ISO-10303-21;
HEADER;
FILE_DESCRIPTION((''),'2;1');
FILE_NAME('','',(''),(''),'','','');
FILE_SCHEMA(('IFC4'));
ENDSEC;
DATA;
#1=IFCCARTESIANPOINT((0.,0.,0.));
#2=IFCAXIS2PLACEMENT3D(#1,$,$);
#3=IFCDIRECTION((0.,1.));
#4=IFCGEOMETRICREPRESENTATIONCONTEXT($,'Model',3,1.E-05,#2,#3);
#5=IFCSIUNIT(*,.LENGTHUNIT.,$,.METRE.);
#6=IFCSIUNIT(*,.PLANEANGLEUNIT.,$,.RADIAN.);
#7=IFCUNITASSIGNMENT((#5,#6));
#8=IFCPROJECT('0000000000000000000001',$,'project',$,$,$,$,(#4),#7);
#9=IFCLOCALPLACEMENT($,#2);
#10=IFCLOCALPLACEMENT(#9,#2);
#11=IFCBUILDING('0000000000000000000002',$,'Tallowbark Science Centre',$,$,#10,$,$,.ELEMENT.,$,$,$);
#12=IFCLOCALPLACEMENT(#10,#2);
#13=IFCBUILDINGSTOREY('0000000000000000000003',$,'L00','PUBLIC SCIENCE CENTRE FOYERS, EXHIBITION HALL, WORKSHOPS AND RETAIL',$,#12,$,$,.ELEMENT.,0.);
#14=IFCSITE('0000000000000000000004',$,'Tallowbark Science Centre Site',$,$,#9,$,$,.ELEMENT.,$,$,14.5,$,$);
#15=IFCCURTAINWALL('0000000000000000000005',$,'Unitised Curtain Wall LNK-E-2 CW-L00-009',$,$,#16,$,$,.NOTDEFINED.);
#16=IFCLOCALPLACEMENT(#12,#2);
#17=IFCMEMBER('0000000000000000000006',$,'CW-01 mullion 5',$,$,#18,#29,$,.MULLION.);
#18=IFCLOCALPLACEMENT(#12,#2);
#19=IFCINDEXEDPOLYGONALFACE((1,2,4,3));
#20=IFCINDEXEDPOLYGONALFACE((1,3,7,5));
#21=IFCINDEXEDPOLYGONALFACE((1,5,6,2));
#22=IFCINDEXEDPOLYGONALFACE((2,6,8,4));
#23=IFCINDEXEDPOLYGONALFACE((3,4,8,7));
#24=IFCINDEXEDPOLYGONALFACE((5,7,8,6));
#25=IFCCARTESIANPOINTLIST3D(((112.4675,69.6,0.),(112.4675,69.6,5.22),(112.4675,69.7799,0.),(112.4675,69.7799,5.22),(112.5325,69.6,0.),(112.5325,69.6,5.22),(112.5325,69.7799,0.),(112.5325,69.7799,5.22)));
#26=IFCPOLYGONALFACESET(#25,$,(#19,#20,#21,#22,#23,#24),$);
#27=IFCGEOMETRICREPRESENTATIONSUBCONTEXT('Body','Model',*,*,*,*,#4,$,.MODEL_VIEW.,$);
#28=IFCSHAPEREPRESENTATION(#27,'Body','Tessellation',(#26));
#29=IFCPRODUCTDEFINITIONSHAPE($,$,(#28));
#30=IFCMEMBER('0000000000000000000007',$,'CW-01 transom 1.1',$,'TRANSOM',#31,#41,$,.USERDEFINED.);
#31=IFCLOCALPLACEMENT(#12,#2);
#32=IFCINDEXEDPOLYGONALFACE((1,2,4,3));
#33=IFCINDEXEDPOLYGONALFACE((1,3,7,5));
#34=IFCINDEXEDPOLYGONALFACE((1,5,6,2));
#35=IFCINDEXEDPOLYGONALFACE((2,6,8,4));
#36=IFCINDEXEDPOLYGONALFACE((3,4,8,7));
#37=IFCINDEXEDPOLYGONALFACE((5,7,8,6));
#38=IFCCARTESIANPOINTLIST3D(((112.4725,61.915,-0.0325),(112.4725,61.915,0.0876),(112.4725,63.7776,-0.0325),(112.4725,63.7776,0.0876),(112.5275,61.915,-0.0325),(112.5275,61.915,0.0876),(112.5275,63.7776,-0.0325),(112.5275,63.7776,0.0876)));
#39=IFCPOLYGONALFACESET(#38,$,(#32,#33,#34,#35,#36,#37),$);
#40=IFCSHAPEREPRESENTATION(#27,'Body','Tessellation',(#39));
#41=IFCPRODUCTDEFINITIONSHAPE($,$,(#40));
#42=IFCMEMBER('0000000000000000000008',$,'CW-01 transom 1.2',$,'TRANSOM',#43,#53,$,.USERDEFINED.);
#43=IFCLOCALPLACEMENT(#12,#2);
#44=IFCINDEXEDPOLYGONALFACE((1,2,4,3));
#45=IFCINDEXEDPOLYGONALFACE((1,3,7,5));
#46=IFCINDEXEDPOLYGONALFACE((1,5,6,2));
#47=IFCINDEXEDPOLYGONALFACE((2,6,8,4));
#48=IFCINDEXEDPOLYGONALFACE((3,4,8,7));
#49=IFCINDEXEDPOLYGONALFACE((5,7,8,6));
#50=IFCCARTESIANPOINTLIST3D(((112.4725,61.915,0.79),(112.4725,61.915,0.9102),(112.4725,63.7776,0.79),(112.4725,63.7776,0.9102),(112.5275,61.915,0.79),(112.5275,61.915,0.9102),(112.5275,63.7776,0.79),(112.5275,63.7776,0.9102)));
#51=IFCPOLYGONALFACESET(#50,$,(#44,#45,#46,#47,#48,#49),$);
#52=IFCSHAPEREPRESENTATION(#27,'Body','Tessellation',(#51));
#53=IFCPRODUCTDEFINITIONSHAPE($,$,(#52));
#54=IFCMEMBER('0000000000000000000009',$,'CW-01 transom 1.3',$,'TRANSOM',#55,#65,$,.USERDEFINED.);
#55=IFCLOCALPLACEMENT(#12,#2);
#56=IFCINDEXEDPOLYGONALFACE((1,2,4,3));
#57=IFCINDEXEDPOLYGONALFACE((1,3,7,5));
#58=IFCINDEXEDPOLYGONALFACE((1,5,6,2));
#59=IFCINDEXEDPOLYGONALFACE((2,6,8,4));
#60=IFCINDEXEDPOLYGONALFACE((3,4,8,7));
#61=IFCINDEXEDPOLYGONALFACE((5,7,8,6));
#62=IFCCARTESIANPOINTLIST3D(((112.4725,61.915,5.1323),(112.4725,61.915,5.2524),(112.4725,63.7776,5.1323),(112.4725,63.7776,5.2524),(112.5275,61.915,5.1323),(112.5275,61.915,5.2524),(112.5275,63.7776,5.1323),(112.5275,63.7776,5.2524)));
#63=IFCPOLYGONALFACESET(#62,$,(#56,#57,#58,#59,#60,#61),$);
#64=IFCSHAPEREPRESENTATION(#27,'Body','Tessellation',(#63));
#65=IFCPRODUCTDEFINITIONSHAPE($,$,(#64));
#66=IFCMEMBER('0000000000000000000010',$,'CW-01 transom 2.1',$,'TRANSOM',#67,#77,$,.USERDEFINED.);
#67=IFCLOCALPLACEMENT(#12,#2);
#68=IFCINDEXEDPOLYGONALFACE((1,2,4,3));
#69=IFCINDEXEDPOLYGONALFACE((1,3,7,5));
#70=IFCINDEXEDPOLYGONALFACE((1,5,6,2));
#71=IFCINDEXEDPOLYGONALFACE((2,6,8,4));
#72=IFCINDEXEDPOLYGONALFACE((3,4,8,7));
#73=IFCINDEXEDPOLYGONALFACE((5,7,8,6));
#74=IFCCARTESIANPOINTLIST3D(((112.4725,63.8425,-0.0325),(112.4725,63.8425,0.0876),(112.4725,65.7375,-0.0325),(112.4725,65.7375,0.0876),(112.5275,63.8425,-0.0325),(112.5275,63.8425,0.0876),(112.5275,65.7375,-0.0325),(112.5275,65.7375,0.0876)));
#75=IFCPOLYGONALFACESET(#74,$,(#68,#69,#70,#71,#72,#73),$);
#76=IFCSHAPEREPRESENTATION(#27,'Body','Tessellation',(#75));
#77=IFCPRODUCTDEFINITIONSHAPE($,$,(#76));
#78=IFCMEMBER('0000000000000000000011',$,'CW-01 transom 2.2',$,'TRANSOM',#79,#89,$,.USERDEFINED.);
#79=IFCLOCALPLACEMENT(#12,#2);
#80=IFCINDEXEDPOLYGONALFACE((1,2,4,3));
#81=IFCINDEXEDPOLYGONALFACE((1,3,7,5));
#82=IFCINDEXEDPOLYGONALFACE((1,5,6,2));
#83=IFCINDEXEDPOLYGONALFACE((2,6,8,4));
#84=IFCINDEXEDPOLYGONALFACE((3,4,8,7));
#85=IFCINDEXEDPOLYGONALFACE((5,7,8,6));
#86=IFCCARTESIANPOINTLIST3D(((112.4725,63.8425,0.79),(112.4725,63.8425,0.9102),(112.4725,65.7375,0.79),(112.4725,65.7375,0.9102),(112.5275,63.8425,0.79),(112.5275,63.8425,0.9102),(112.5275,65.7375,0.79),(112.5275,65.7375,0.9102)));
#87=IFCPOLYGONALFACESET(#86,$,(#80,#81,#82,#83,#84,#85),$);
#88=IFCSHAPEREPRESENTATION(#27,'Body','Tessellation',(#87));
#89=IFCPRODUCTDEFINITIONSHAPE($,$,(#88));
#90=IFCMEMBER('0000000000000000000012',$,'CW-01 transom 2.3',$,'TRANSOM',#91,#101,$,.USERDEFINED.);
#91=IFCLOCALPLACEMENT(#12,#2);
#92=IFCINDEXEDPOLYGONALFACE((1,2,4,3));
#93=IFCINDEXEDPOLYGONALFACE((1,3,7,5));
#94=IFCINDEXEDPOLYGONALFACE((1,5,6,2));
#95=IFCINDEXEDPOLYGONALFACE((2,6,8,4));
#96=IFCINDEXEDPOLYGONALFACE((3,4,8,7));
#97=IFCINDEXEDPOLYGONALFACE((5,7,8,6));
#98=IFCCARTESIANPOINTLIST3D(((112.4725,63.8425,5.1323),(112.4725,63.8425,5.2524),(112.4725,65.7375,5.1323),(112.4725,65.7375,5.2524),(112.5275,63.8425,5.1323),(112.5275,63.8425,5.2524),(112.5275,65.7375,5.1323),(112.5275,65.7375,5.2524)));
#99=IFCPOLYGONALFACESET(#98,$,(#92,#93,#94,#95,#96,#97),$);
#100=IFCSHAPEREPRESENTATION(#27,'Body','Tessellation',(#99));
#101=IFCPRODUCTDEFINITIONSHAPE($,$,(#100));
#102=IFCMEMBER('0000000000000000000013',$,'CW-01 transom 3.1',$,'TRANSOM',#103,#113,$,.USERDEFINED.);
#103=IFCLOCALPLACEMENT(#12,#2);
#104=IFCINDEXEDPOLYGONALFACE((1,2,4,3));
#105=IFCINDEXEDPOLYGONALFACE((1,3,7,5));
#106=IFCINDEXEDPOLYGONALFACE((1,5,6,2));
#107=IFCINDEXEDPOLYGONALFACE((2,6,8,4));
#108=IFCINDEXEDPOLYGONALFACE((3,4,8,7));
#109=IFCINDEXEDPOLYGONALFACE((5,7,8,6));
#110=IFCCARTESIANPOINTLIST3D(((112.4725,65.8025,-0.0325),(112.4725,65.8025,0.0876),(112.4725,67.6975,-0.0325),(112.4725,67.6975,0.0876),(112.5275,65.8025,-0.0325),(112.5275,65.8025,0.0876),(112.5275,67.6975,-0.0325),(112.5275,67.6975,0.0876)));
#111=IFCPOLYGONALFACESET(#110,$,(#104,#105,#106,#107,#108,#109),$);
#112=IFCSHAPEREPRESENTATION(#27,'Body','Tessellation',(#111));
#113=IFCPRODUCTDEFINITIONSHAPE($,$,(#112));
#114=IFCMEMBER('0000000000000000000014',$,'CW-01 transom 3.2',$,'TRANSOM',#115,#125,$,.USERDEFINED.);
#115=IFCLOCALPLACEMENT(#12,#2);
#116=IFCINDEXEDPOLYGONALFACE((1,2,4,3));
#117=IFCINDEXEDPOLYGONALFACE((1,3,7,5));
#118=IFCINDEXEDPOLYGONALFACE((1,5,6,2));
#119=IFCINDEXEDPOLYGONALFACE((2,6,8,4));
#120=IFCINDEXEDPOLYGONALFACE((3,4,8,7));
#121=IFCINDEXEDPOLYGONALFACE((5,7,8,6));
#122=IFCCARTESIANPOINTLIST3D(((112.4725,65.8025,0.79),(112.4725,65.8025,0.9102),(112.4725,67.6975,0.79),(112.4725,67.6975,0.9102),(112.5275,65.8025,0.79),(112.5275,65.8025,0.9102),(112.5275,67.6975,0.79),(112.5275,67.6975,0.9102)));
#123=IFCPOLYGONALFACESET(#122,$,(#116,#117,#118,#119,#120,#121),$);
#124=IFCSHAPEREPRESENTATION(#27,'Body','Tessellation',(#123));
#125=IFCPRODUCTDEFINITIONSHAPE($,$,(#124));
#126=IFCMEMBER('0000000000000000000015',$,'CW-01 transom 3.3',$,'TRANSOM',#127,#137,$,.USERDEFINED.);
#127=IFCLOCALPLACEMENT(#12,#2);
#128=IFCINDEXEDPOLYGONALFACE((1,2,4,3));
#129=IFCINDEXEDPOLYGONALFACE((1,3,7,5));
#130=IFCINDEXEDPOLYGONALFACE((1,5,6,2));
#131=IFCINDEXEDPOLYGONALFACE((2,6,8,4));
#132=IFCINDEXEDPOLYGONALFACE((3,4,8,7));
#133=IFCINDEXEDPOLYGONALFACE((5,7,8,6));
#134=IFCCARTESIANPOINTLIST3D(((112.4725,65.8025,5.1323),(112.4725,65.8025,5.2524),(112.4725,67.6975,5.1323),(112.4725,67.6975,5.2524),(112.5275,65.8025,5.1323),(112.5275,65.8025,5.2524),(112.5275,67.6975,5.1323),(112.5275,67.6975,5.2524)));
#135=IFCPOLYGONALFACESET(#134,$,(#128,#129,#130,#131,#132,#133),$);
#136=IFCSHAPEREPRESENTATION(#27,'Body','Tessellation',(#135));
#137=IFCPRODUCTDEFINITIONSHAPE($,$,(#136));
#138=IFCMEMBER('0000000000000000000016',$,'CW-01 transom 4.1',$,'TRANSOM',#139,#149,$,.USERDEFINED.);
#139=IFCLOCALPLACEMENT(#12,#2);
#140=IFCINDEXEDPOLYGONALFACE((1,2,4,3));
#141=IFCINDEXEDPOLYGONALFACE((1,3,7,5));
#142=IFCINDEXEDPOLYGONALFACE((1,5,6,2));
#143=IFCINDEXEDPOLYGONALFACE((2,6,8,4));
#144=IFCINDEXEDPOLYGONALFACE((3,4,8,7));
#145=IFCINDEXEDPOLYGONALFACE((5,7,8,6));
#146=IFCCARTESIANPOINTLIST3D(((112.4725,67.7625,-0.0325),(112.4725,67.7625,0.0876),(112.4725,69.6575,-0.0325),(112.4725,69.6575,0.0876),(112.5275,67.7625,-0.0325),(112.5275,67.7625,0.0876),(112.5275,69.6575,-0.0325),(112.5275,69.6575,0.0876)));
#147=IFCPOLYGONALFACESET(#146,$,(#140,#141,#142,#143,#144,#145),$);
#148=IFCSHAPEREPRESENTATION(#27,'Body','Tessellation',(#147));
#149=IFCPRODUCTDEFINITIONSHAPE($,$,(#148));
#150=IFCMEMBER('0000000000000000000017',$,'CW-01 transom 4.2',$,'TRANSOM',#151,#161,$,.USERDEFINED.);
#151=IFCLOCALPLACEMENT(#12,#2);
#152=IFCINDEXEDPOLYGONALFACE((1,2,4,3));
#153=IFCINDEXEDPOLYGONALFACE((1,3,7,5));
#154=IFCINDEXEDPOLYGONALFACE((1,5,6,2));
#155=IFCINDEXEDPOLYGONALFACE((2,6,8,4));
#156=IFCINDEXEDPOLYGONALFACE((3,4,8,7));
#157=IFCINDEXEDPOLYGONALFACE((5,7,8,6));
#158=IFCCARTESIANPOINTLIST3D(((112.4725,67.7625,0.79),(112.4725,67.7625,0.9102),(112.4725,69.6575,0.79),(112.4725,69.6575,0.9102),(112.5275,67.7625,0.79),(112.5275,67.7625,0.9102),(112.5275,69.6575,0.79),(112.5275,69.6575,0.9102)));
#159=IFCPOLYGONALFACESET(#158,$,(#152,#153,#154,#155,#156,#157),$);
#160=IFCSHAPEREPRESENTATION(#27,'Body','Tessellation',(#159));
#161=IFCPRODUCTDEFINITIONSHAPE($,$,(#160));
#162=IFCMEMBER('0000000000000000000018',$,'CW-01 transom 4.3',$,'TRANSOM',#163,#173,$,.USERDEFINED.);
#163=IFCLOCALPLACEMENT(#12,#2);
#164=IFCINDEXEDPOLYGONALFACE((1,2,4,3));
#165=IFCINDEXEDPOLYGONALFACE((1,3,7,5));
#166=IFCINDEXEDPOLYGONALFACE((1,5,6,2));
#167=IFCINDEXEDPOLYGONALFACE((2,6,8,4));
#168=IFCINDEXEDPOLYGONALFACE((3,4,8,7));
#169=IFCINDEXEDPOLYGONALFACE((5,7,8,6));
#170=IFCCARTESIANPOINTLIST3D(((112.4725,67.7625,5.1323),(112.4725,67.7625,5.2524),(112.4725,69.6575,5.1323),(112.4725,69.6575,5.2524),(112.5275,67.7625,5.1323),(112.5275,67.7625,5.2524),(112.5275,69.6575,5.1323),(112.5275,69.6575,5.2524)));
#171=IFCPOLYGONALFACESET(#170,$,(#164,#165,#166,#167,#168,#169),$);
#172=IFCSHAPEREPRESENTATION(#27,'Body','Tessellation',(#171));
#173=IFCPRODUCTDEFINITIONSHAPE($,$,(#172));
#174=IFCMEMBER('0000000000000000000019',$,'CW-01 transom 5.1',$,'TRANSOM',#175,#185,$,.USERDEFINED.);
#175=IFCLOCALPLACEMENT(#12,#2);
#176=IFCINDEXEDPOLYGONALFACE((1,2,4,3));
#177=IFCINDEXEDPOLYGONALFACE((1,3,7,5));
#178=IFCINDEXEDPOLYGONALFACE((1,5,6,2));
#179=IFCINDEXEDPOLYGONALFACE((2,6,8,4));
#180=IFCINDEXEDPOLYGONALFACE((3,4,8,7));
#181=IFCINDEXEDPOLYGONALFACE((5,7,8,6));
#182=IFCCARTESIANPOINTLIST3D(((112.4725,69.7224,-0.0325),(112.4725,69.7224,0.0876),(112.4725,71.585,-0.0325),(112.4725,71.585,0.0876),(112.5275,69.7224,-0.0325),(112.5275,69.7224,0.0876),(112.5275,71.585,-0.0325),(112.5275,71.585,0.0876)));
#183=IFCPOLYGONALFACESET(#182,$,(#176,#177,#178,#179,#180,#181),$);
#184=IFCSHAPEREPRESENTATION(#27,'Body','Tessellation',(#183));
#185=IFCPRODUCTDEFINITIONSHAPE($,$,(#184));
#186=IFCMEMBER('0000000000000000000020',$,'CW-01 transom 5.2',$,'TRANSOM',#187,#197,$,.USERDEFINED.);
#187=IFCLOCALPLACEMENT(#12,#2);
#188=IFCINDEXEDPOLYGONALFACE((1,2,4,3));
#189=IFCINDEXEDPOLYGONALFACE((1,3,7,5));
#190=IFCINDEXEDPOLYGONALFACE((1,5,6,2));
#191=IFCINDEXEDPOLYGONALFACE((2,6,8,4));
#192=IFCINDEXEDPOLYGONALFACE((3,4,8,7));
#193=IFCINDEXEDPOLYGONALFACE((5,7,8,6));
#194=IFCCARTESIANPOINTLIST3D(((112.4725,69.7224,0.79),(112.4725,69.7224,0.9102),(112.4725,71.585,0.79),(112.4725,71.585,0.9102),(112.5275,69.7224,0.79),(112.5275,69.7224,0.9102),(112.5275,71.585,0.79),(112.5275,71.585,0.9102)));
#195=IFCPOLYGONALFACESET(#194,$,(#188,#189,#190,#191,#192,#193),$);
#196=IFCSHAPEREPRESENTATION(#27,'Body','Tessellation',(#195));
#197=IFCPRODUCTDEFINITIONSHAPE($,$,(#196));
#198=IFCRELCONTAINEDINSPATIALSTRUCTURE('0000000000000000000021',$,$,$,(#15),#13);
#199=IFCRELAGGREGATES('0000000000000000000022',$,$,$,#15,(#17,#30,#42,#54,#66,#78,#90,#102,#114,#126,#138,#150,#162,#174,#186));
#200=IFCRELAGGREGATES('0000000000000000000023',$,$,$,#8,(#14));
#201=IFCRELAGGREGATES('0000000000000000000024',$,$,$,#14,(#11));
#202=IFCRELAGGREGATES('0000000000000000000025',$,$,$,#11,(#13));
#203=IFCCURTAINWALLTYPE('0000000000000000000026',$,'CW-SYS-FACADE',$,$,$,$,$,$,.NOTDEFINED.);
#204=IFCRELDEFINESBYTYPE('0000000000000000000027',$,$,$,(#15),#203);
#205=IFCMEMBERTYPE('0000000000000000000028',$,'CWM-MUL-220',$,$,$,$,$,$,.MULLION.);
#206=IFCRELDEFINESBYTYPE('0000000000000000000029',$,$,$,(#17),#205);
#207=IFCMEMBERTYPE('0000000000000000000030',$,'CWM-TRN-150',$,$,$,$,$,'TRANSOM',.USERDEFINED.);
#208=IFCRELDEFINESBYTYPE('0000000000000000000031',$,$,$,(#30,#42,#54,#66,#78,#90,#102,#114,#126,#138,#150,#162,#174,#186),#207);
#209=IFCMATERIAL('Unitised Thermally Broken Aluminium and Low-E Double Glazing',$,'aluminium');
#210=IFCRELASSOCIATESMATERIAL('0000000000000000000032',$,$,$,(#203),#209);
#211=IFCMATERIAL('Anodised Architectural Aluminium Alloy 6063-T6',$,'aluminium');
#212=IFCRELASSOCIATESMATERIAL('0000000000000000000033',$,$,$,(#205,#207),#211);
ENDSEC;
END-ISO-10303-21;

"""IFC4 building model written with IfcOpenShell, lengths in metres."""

from ifc_helpers import new_model, si_unit, direction, frame, origin, origin_2d, place, context, subcontext, project, spatial, rectangle, extrude, material, material_profile, profile_set, type_object, element, aggregate, save


model = new_model("IFC4")

# Units and contexts
model_context = context("Model", 3, precision=1e-05, world=origin(), true_north=direction((0.0, 1.0)))
body_context = subcontext(model_context, "Body", "Model", "MODEL_VIEW")
ifc_project = project(units=[si_unit("LENGTHUNIT", "METRE"), si_unit("PLANEANGLEUNIT", "RADIAN")], contexts=[model_context])

# Site, building, storey
site_placement = place(None, origin())
site = spatial("IfcSite", under=ifc_project, at=site_placement, Name="Tallowbark Science Centre Site", CompositionType="ELEMENT", RefElevation=14.5)
building_placement = place(site_placement, origin())
building = spatial("IfcBuilding", under=site, at=building_placement, Name="Tallowbark Science Centre", CompositionType="ELEMENT")
storey_placement = place(building_placement, origin())
storey = spatial("IfcBuildingStorey", under=building, at=storey_placement, Name="L00", Description="PUBLIC SCIENCE CENTRE FOYERS, EXHIBITION HALL, WORKSHOPS AND RETAIL", CompositionType="ELEMENT", Elevation=0.0)

# Curtain wall, members
ifc_material_1 = material(Name="Unitised Thermally Broken Aluminium and Low-E Double Glazing", Category="aluminium")
curtain_wall_type = type_object("IfcCurtainWallType", Name="CW-SYS-FACADE", PredefinedType="NOTDEFINED", material=ifc_material_1)
curtain_wall_placement = place(storey_placement, origin())
curtain_wall = element("IfcCurtainWall", 1, at=curtain_wall_placement, inside=storey, type_object=curtain_wall_type, Name="Unitised Curtain Wall LNK-E-2 CW-L00-009", PredefinedType="NOTDEFINED")
ifc_material_2 = material(Name="Anodised Architectural Aluminium Alloy 6063-T6", Category="aluminium")
ifc_material_profile_1 = material_profile(ifc_material_2, rectangle(XDim=0.0649, YDim=0.1799, at=origin_2d()), Name="ALU65x180")
ifc_profile_set_1 = profile_set([ifc_material_profile_1], Name="Anodised Architectural Aluminium Alloy 6063-T6")
member_type_1 = type_object("IfcMemberType", Name="CWM-MUL-220", PredefinedType="MULLION", material=ifc_profile_set_1)
member_1_placement = place(storey_placement, frame((112.5, 69.6899, 0.0), z_axis=(0.0, 0.0, 1.0), x_axis=(-1.0, 0.0, 0.0)))
member_1 = element("IfcMember", 2, at=member_1_placement, type_object=member_type_1, Name="CW-01 mullion 5", PredefinedType="MULLION", context=body_context, shape_type="SweptSolid", body=[
    extrude(rectangle(XDim=0.0649, YDim=0.1799, at=origin_2d()), origin(), (0.0, 0.0, 1.0), 5.22),
])
ifc_material_profile_2 = material_profile(ifc_material_2, rectangle(XDim=0.0549, YDim=0.1201, at=origin_2d()), Name="ALU55x120")
ifc_profile_set_2 = profile_set([ifc_material_profile_2], Name="Anodised Architectural Aluminium Alloy 6063-T6")
member_type_2 = type_object("IfcMemberType", Name="CWM-TRN-150", ElementType="TRANSOM", PredefinedType="USERDEFINED", material=ifc_profile_set_2)
member_2_placement = place(storey_placement, frame((112.5, 61.915, 0.0276), z_axis=(0.0, 1.0, 0.0), x_axis=(-1.0, 0.0, 0.0)))
member_2 = element("IfcMember", 3, at=member_2_placement, type_object=member_type_2, Name="CW-01 transom 1.1", ObjectType="TRANSOM", PredefinedType="USERDEFINED", context=body_context, shape_type="SweptSolid", body=[
    extrude(rectangle(XDim=0.0549, YDim=0.1201, at=origin_2d()), origin(), (0.0, 0.0, 1.0), 1.8625),
])
member_3_placement = place(storey_placement, frame((112.5, 61.915, 0.8501), z_axis=(0.0, 1.0, 0.0), x_axis=(-1.0, 0.0, 0.0)))
member_3 = element("IfcMember", 4, at=member_3_placement, type_object=member_type_2, Name="CW-01 transom 1.2", ObjectType="TRANSOM", PredefinedType="USERDEFINED", context=body_context, shape_type="SweptSolid", body=[
    extrude(rectangle(XDim=0.0549, YDim=0.1201, at=origin_2d()), origin(), (0.0, 0.0, 1.0), 1.8625),
])
member_4_placement = place(storey_placement, frame((112.5, 61.915, 5.1924), z_axis=(0.0, 1.0, 0.0), x_axis=(-1.0, 0.0, 0.0)))
member_4 = element("IfcMember", 5, at=member_4_placement, type_object=member_type_2, Name="CW-01 transom 1.3", ObjectType="TRANSOM", PredefinedType="USERDEFINED", context=body_context, shape_type="SweptSolid", body=[
    extrude(rectangle(XDim=0.0549, YDim=0.1201, at=origin_2d()), origin(), (0.0, 0.0, 1.0), 1.8625),
])
member_5_placement = place(storey_placement, frame((112.5, 63.8425, 0.0276), z_axis=(0.0, 1.0, 0.0), x_axis=(-1.0, 0.0, 0.0)))
member_5 = element("IfcMember", 6, at=member_5_placement, type_object=member_type_2, Name="CW-01 transom 2.1", ObjectType="TRANSOM", PredefinedType="USERDEFINED", context=body_context, shape_type="SweptSolid", body=[
    extrude(rectangle(XDim=0.0549, YDim=0.1201, at=origin_2d()), origin(), (0.0, 0.0, 1.0), 1.895),
])
member_6_placement = place(storey_placement, frame((112.5, 63.8425, 0.8501), z_axis=(0.0, 1.0, 0.0), x_axis=(-1.0, 0.0, 0.0)))
member_6 = element("IfcMember", 7, at=member_6_placement, type_object=member_type_2, Name="CW-01 transom 2.2", ObjectType="TRANSOM", PredefinedType="USERDEFINED", context=body_context, shape_type="SweptSolid", body=[
    extrude(rectangle(XDim=0.0549, YDim=0.1201, at=origin_2d()), origin(), (0.0, 0.0, 1.0), 1.895),
])
member_7_placement = place(storey_placement, frame((112.5, 63.8425, 5.1924), z_axis=(0.0, 1.0, 0.0), x_axis=(-1.0, 0.0, 0.0)))
member_7 = element("IfcMember", 8, at=member_7_placement, type_object=member_type_2, Name="CW-01 transom 2.3", ObjectType="TRANSOM", PredefinedType="USERDEFINED", context=body_context, shape_type="SweptSolid", body=[
    extrude(rectangle(XDim=0.0549, YDim=0.1201, at=origin_2d()), origin(), (0.0, 0.0, 1.0), 1.895),
])
member_8_placement = place(storey_placement, frame((112.5, 65.8025, 0.0276), z_axis=(0.0, 1.0, 0.0), x_axis=(-1.0, 0.0, 0.0)))
member_8 = element("IfcMember", 9, at=member_8_placement, type_object=member_type_2, Name="CW-01 transom 3.1", ObjectType="TRANSOM", PredefinedType="USERDEFINED", context=body_context, shape_type="SweptSolid", body=[
    extrude(rectangle(XDim=0.0549, YDim=0.1201, at=origin_2d()), origin(), (0.0, 0.0, 1.0), 1.895),
])
member_9_placement = place(storey_placement, frame((112.5, 65.8025, 0.8501), z_axis=(0.0, 1.0, 0.0), x_axis=(-1.0, 0.0, 0.0)))
member_9 = element("IfcMember", 10, at=member_9_placement, type_object=member_type_2, Name="CW-01 transom 3.2", ObjectType="TRANSOM", PredefinedType="USERDEFINED", context=body_context, shape_type="SweptSolid", body=[
    extrude(rectangle(XDim=0.0549, YDim=0.1201, at=origin_2d()), origin(), (0.0, 0.0, 1.0), 1.895),
])
member_10_placement = place(storey_placement, frame((112.5, 65.8025, 5.1924), z_axis=(0.0, 1.0, 0.0), x_axis=(-1.0, 0.0, 0.0)))
member_10 = element("IfcMember", 11, at=member_10_placement, type_object=member_type_2, Name="CW-01 transom 3.3", ObjectType="TRANSOM", PredefinedType="USERDEFINED", context=body_context, shape_type="SweptSolid", body=[
    extrude(rectangle(XDim=0.0549, YDim=0.1201, at=origin_2d()), origin(), (0.0, 0.0, 1.0), 1.895),
])
member_11_placement = place(storey_placement, frame((112.5, 67.7625, 0.0276), z_axis=(0.0, 1.0, 0.0), x_axis=(-1.0, 0.0, 0.0)))
member_11 = element("IfcMember", 12, at=member_11_placement, type_object=member_type_2, Name="CW-01 transom 4.1", ObjectType="TRANSOM", PredefinedType="USERDEFINED", context=body_context, shape_type="SweptSolid", body=[
    extrude(rectangle(XDim=0.0549, YDim=0.1201, at=origin_2d()), origin(), (0.0, 0.0, 1.0), 1.895),
])
member_12_placement = place(storey_placement, frame((112.5, 67.7625, 0.8501), z_axis=(0.0, 1.0, 0.0), x_axis=(-1.0, 0.0, 0.0)))
member_12 = element("IfcMember", 13, at=member_12_placement, type_object=member_type_2, Name="CW-01 transom 4.2", ObjectType="TRANSOM", PredefinedType="USERDEFINED", context=body_context, shape_type="SweptSolid", body=[
    extrude(rectangle(XDim=0.0549, YDim=0.1201, at=origin_2d()), origin(), (0.0, 0.0, 1.0), 1.895),
])
member_13_placement = place(storey_placement, frame((112.5, 67.7625, 5.1924), z_axis=(0.0, 1.0, 0.0), x_axis=(-1.0, 0.0, 0.0)))
member_13 = element("IfcMember", 14, at=member_13_placement, type_object=member_type_2, Name="CW-01 transom 4.3", ObjectType="TRANSOM", PredefinedType="USERDEFINED", context=body_context, shape_type="SweptSolid", body=[
    extrude(rectangle(XDim=0.0549, YDim=0.1201, at=origin_2d()), origin(), (0.0, 0.0, 1.0), 1.895),
])
member_14_placement = place(storey_placement, frame((112.5, 69.7224, 0.0276), z_axis=(0.0, 1.0, 0.0), x_axis=(-1.0, 0.0, 0.0)))
member_14 = element("IfcMember", 15, at=member_14_placement, type_object=member_type_2, Name="CW-01 transom 5.1", ObjectType="TRANSOM", PredefinedType="USERDEFINED", context=body_context, shape_type="SweptSolid", body=[
    extrude(rectangle(XDim=0.0549, YDim=0.1201, at=origin_2d()), origin(), (0.0, 0.0, 1.0), 1.8625),
])
member_15_placement = place(storey_placement, frame((112.5, 69.7224, 0.8501), z_axis=(0.0, 1.0, 0.0), x_axis=(-1.0, 0.0, 0.0)))
member_15 = element("IfcMember", 16, at=member_15_placement, type_object=member_type_2, Name="CW-01 transom 5.2", ObjectType="TRANSOM", PredefinedType="USERDEFINED", context=body_context, shape_type="SweptSolid", body=[
    extrude(rectangle(XDim=0.0549, YDim=0.1201, at=origin_2d()), origin(), (0.0, 0.0, 1.0), 1.8625),
])
aggregate(curtain_wall, [member_1, member_2, member_3, member_4, member_5, member_6, member_7, member_8, member_9, member_10, member_11, member_12, member_13, member_14, member_15])

save(model, "model.ifc")
